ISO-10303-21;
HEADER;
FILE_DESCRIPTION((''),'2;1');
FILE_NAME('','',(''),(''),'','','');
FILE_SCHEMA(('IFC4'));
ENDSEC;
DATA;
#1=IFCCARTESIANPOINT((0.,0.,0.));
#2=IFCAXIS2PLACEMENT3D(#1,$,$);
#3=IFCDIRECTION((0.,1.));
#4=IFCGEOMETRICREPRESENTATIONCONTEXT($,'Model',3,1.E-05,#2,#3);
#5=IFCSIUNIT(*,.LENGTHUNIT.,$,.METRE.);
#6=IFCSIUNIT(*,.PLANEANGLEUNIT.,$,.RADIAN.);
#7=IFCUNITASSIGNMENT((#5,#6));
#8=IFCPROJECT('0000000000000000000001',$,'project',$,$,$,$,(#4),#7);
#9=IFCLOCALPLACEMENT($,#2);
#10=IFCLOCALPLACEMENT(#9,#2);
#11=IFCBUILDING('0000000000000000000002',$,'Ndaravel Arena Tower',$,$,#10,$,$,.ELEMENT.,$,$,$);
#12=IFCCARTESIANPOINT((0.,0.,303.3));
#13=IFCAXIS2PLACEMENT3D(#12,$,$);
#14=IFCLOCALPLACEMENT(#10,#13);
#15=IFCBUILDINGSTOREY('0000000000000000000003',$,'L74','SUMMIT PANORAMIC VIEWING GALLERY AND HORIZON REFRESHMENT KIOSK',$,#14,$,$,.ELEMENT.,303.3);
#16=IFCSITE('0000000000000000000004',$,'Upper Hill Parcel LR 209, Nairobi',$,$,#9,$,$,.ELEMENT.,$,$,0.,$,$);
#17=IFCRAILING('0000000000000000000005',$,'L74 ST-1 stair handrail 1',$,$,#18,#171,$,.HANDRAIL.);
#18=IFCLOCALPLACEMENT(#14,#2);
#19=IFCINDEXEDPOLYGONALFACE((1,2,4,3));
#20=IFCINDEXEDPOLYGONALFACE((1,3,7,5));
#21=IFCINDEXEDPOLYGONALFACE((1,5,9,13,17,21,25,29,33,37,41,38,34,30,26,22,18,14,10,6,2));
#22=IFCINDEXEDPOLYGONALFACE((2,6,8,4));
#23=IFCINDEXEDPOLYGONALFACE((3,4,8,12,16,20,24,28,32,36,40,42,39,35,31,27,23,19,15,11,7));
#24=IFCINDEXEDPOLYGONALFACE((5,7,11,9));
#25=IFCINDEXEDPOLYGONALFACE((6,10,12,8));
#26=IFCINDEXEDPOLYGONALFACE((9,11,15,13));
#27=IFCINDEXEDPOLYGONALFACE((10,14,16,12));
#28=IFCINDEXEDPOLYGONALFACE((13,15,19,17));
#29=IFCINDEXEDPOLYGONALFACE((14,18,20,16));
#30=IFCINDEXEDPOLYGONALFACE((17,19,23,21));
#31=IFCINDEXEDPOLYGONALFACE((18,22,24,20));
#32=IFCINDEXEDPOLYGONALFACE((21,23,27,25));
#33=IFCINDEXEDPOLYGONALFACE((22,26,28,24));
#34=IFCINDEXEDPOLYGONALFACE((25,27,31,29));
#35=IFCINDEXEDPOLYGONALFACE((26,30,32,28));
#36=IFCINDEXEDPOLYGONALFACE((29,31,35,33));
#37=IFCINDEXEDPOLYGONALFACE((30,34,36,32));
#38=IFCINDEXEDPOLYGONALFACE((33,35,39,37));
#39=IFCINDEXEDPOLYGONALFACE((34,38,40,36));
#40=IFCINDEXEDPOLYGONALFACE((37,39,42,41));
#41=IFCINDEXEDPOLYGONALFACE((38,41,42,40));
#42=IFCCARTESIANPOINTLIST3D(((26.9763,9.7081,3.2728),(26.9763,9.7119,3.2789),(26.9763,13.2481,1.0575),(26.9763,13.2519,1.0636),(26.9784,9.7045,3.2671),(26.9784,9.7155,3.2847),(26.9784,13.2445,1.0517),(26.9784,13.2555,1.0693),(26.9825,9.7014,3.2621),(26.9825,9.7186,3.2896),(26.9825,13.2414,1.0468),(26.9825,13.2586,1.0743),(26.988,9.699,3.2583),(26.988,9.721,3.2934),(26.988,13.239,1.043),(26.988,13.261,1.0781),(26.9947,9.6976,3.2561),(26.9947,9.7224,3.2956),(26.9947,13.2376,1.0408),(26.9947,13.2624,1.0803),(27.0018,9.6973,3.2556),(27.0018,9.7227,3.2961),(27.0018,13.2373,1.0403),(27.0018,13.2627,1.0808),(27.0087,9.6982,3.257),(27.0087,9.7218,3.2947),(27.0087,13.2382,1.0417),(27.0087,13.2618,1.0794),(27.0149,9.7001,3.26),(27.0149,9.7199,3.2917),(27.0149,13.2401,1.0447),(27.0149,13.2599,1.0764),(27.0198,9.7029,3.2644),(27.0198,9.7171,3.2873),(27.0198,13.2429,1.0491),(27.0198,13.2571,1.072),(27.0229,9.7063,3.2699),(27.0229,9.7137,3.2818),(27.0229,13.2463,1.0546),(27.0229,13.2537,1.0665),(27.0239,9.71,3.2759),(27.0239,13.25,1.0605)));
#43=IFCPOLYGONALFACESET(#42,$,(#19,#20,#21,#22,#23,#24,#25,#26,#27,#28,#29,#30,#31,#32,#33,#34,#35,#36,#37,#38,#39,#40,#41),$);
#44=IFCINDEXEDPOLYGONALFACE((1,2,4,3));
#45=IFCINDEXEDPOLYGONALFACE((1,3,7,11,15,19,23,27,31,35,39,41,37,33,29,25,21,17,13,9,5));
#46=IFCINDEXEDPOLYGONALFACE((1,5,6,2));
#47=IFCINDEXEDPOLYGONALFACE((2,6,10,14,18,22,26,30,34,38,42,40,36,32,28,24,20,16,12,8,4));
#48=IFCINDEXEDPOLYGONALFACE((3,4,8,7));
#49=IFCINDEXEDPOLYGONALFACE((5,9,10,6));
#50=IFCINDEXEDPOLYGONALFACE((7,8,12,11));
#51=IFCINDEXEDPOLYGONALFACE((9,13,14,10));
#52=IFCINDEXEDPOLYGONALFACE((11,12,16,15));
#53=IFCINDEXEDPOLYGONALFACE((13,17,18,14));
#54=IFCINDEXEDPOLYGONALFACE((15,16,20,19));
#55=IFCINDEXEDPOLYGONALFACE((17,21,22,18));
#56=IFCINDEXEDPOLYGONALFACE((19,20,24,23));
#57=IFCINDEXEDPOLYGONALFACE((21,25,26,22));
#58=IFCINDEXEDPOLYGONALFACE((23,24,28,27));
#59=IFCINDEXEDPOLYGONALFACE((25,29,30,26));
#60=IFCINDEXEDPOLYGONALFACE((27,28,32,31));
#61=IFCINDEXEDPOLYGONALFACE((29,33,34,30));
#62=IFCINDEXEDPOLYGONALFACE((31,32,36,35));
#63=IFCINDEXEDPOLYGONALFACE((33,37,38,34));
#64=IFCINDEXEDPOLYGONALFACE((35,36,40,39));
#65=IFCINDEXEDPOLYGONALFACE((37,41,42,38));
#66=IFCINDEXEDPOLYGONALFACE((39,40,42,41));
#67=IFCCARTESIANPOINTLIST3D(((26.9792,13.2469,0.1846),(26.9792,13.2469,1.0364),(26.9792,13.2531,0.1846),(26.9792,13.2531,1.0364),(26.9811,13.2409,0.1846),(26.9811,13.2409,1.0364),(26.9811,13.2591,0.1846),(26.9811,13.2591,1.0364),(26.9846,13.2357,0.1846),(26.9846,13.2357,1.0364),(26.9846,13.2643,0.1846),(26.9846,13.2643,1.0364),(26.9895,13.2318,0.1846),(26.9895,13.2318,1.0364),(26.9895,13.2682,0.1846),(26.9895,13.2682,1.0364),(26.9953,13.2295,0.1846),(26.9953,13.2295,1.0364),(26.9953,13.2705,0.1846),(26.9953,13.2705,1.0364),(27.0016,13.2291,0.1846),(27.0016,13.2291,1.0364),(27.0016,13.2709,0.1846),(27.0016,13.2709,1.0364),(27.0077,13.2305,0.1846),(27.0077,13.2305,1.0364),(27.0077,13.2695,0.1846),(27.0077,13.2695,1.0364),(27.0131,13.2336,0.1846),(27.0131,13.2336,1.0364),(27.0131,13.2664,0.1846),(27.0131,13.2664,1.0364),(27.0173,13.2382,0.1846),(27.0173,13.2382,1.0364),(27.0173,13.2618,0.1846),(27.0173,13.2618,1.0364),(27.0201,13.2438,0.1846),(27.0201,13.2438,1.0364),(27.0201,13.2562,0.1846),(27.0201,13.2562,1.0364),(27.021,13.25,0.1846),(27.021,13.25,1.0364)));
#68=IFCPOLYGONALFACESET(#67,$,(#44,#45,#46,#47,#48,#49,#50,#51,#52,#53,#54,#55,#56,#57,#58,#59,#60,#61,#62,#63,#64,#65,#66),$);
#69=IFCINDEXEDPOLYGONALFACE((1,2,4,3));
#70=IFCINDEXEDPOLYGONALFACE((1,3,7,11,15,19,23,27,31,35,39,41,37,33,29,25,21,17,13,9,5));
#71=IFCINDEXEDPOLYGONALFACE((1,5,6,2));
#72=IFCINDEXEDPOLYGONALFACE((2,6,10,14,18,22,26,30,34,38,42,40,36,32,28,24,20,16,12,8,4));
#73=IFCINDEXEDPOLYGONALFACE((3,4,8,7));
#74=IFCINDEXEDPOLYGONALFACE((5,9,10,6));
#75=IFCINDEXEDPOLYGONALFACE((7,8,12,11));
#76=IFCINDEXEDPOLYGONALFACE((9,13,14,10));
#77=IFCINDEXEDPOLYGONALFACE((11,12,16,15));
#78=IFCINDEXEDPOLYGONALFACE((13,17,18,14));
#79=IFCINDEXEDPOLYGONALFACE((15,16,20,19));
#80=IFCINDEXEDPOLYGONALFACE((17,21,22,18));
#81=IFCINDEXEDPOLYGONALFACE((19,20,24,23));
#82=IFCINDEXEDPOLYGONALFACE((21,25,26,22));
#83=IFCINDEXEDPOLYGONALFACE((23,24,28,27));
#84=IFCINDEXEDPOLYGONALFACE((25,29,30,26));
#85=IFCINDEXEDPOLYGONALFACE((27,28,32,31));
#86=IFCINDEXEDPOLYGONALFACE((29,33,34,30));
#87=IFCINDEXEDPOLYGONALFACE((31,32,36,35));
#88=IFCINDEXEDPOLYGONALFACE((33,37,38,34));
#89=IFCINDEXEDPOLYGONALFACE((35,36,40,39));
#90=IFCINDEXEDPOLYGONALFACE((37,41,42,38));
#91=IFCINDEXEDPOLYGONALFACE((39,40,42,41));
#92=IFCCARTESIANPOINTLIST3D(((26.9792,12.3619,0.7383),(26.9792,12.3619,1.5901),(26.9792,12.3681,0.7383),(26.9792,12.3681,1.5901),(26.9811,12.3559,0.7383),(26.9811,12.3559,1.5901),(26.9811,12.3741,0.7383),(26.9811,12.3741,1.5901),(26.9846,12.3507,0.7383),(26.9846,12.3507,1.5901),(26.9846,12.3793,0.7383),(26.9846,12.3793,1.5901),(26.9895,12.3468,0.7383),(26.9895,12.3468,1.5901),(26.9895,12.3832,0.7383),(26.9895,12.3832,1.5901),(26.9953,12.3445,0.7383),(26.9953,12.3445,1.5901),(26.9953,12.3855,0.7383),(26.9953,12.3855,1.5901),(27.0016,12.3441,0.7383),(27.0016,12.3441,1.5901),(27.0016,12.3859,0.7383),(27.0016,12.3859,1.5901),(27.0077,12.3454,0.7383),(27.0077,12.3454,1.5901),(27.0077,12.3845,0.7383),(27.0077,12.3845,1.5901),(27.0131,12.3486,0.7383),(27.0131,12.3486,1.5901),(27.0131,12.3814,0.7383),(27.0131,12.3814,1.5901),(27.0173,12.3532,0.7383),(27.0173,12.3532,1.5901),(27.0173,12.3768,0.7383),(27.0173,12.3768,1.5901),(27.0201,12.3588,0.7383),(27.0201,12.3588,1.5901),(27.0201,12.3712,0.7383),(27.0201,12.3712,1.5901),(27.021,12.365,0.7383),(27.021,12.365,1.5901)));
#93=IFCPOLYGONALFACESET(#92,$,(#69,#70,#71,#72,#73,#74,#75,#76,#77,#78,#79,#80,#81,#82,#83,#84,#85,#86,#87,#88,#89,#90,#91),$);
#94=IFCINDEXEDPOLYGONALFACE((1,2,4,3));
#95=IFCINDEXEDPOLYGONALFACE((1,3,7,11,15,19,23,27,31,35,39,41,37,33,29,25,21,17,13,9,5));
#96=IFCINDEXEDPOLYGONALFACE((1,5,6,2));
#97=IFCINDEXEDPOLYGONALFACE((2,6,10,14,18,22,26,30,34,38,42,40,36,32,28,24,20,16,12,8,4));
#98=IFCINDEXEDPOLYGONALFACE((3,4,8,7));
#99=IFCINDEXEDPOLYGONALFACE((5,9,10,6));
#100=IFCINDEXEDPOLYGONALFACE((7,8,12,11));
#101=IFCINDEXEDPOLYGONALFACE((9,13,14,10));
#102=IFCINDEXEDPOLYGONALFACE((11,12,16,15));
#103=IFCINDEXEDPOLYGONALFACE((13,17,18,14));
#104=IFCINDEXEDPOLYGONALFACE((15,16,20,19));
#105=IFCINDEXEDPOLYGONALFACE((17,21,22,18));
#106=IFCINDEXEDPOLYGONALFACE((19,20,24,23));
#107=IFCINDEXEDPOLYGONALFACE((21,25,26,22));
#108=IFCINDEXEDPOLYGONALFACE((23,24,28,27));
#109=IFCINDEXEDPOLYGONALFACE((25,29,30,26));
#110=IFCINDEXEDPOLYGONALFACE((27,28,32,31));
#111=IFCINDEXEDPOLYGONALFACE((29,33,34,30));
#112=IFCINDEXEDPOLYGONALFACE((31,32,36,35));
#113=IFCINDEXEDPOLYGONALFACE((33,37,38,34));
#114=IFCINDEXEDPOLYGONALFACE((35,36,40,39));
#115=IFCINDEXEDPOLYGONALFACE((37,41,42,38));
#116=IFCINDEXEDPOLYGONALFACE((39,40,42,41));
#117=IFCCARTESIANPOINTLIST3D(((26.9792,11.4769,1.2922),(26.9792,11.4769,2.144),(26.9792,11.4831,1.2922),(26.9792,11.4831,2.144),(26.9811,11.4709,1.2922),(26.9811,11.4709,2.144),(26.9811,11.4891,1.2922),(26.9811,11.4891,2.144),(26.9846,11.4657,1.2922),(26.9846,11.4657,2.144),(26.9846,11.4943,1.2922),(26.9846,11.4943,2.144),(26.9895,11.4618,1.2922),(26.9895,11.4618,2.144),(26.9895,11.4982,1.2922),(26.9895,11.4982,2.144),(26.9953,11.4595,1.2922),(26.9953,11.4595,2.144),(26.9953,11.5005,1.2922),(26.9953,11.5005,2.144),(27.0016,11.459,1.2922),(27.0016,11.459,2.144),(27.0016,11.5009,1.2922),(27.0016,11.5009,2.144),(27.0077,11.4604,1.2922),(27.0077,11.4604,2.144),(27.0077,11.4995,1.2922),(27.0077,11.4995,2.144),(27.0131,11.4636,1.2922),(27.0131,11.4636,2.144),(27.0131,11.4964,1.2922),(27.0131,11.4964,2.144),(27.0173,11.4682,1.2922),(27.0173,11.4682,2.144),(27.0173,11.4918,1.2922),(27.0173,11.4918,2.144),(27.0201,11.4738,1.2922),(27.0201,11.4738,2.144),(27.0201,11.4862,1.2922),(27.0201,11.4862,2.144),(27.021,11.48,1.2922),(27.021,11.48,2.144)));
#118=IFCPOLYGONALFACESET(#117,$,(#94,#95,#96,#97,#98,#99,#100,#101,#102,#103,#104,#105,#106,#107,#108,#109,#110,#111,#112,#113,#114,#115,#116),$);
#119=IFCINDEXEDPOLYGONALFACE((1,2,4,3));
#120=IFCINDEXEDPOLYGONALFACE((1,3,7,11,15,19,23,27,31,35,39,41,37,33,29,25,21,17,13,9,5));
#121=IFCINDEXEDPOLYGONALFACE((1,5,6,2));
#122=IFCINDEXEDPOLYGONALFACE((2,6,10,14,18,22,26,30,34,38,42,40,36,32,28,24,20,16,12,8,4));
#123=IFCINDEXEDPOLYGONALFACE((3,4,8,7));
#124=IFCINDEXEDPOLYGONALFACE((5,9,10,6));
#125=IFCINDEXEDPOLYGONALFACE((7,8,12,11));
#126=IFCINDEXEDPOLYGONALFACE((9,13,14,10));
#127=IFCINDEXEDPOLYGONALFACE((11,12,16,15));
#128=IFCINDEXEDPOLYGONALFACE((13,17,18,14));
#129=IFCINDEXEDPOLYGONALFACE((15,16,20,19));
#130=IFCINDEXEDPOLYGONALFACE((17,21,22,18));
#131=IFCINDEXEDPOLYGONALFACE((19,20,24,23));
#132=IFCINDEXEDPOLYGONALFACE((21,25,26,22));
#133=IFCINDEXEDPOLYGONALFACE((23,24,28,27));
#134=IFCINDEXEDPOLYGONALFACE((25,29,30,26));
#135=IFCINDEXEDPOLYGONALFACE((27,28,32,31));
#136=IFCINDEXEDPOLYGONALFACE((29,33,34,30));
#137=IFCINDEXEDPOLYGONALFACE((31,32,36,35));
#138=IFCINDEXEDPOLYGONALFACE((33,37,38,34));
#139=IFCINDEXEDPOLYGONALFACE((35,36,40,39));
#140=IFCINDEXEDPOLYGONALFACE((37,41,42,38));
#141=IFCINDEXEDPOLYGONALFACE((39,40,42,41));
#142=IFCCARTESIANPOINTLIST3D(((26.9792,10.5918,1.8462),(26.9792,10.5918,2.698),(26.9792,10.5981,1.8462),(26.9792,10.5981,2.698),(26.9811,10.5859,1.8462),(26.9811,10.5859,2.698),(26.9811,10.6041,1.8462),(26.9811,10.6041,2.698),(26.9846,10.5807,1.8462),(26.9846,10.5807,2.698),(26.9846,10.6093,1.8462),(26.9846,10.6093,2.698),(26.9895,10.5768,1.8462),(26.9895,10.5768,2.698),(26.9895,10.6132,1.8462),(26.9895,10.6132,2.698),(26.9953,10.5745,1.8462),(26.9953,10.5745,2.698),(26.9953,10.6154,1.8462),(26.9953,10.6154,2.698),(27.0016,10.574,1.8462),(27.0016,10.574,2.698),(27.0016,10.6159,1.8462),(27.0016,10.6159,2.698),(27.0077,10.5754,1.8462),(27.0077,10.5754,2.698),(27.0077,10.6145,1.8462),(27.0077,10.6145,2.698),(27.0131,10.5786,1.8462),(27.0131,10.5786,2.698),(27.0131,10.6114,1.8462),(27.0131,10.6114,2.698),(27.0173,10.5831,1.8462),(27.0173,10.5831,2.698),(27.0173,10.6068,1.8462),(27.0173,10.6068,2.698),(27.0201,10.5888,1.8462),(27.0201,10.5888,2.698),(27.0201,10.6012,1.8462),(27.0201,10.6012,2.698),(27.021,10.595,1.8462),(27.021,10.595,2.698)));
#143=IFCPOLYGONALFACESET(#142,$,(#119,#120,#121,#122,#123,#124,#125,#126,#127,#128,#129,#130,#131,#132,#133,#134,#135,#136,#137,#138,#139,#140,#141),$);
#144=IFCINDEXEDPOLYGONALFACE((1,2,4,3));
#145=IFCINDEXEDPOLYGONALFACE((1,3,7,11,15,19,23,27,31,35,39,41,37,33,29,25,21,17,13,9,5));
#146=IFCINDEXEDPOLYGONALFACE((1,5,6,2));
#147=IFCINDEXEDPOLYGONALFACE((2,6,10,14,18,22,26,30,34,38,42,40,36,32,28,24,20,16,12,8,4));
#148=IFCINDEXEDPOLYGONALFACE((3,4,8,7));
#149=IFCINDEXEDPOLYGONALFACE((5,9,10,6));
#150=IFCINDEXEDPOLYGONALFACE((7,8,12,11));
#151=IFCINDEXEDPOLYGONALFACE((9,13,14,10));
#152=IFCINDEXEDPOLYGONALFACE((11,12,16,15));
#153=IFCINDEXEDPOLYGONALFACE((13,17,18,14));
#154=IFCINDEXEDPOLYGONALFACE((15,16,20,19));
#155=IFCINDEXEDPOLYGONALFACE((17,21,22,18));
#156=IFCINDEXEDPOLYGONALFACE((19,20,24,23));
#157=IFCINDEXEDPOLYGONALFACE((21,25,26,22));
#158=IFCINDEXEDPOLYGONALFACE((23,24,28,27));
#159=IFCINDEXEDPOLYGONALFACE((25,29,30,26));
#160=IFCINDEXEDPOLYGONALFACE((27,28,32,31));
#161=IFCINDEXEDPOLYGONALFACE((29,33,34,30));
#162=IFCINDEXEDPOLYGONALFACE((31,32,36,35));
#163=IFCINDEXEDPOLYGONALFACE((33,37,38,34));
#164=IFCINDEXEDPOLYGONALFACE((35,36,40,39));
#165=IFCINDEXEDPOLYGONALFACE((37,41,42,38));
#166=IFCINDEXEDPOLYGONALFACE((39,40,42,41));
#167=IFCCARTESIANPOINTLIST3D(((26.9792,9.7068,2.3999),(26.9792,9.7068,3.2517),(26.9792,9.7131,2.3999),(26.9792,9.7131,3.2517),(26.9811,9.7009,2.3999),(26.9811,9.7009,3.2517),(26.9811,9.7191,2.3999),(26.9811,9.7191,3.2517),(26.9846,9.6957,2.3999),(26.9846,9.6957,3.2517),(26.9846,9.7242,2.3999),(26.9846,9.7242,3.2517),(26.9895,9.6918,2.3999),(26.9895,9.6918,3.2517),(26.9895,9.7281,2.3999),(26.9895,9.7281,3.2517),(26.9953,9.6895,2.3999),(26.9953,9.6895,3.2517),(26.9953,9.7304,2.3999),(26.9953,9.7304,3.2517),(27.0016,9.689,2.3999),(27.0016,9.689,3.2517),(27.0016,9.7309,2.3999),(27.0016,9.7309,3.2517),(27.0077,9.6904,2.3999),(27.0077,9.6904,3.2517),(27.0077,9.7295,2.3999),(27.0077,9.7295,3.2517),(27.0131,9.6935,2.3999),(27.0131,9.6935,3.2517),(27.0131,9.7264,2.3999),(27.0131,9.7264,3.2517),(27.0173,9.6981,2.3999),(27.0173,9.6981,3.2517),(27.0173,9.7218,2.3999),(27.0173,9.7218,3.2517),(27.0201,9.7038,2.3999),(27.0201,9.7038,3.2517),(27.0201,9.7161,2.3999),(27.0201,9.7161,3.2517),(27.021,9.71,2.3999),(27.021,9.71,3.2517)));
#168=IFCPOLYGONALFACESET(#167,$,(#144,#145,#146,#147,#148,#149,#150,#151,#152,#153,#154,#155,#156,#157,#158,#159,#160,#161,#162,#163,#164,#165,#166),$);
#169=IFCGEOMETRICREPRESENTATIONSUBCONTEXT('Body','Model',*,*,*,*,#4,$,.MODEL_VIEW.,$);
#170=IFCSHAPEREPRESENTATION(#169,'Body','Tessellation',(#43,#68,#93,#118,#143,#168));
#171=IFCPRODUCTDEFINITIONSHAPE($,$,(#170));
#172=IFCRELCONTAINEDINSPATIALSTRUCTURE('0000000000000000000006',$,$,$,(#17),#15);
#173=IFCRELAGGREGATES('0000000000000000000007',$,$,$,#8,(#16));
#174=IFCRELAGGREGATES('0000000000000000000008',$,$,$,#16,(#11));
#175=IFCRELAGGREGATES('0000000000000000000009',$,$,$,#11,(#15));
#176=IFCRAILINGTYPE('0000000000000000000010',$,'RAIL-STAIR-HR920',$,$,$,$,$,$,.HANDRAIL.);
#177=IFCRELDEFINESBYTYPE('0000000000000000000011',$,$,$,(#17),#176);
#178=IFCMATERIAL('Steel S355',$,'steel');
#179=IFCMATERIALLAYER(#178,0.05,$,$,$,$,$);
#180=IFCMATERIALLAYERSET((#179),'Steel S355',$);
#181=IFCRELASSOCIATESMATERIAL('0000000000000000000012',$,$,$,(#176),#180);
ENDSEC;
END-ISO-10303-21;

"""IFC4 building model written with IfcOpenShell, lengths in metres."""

from ifc_helpers import new_model, si_unit, direction, frame, origin, origin_2d, place, context, subcontext, project, spatial, circle, extrude, material, layer, layer_set, type_object, element, save


model = new_model("IFC4")

# Units and contexts
model_context = context("Model", 3, precision=1e-05, world=origin(), true_north=direction((0.0, 1.0)))
body_context = subcontext(model_context, "Body", "Model", "MODEL_VIEW")
ifc_project = project(units=[si_unit("LENGTHUNIT", "METRE"), si_unit("PLANEANGLEUNIT", "RADIAN")], contexts=[model_context])

# Site, building, storey
site_placement = place(None, origin())
site = spatial("IfcSite", under=ifc_project, at=site_placement, Name="Upper Hill Parcel LR 209, Nairobi", CompositionType="ELEMENT", RefElevation=0.0)
building_placement = place(site_placement, origin())
building = spatial("IfcBuilding", under=site, at=building_placement, Name="Ndaravel Arena Tower", CompositionType="ELEMENT")
storey_placement = place(building_placement, frame((0.0, 0.0, 303.3)))
storey = spatial("IfcBuildingStorey", under=building, at=storey_placement, Name="L74", Description="SUMMIT PANORAMIC VIEWING GALLERY AND HORIZON REFRESHMENT KIOSK", CompositionType="ELEMENT", Elevation=303.3)

# Railing
ifc_material_1 = material(Name="Steel S355", Category="steel")
ifc_layer_1 = layer(ifc_material_1, 0.05)
ifc_layer_set_1 = layer_set([ifc_layer_1], Name="Steel S355")
railing_type_1 = type_object("IfcRailingType", Name="RAIL-STAIR-HR920", PredefinedType="HANDRAIL", material=ifc_layer_set_1)
railing_1_placement = place(storey_placement, frame((27.0, 13.25, 0.1846)))
element("IfcRailing", 1, at=railing_1_placement, inside=storey, type_object=railing_type_1, Name="L74 ST-1 stair handrail 1", PredefinedType="HANDRAIL", context=body_context, shape_type="SweptSolid", body=[
    extrude(circle(Radius=0.0239, at=origin_2d()), frame((0.0, 0.0, 0.876), z_axis=(0.0, -0.847696, 0.530482), x_axis=(1.0, 0.0, 0.0)), (0.0, 0.0, 1.0), 4.176),
    extrude(circle(Radius=0.021, at=origin_2d()), origin(), (0.0, 0.0, 1.0), 0.8518),
    extrude(circle(Radius=0.021, at=origin_2d()), frame((0.0, -0.885, 0.5537)), (0.0, 0.0, 1.0), 0.8518),
    extrude(circle(Radius=0.021, at=origin_2d()), frame((0.0, -1.77, 1.1077)), (0.0, 0.0, 1.0), 0.8518),
    extrude(circle(Radius=0.021, at=origin_2d()), frame((0.0, -2.655, 1.6616)), (0.0, 0.0, 1.0), 0.8518),
    extrude(circle(Radius=0.021, at=origin_2d()), frame((0.0, -3.54, 2.2153)), (0.0, 0.0, 1.0), 0.8518),
])

save(model, "model.ifc")
